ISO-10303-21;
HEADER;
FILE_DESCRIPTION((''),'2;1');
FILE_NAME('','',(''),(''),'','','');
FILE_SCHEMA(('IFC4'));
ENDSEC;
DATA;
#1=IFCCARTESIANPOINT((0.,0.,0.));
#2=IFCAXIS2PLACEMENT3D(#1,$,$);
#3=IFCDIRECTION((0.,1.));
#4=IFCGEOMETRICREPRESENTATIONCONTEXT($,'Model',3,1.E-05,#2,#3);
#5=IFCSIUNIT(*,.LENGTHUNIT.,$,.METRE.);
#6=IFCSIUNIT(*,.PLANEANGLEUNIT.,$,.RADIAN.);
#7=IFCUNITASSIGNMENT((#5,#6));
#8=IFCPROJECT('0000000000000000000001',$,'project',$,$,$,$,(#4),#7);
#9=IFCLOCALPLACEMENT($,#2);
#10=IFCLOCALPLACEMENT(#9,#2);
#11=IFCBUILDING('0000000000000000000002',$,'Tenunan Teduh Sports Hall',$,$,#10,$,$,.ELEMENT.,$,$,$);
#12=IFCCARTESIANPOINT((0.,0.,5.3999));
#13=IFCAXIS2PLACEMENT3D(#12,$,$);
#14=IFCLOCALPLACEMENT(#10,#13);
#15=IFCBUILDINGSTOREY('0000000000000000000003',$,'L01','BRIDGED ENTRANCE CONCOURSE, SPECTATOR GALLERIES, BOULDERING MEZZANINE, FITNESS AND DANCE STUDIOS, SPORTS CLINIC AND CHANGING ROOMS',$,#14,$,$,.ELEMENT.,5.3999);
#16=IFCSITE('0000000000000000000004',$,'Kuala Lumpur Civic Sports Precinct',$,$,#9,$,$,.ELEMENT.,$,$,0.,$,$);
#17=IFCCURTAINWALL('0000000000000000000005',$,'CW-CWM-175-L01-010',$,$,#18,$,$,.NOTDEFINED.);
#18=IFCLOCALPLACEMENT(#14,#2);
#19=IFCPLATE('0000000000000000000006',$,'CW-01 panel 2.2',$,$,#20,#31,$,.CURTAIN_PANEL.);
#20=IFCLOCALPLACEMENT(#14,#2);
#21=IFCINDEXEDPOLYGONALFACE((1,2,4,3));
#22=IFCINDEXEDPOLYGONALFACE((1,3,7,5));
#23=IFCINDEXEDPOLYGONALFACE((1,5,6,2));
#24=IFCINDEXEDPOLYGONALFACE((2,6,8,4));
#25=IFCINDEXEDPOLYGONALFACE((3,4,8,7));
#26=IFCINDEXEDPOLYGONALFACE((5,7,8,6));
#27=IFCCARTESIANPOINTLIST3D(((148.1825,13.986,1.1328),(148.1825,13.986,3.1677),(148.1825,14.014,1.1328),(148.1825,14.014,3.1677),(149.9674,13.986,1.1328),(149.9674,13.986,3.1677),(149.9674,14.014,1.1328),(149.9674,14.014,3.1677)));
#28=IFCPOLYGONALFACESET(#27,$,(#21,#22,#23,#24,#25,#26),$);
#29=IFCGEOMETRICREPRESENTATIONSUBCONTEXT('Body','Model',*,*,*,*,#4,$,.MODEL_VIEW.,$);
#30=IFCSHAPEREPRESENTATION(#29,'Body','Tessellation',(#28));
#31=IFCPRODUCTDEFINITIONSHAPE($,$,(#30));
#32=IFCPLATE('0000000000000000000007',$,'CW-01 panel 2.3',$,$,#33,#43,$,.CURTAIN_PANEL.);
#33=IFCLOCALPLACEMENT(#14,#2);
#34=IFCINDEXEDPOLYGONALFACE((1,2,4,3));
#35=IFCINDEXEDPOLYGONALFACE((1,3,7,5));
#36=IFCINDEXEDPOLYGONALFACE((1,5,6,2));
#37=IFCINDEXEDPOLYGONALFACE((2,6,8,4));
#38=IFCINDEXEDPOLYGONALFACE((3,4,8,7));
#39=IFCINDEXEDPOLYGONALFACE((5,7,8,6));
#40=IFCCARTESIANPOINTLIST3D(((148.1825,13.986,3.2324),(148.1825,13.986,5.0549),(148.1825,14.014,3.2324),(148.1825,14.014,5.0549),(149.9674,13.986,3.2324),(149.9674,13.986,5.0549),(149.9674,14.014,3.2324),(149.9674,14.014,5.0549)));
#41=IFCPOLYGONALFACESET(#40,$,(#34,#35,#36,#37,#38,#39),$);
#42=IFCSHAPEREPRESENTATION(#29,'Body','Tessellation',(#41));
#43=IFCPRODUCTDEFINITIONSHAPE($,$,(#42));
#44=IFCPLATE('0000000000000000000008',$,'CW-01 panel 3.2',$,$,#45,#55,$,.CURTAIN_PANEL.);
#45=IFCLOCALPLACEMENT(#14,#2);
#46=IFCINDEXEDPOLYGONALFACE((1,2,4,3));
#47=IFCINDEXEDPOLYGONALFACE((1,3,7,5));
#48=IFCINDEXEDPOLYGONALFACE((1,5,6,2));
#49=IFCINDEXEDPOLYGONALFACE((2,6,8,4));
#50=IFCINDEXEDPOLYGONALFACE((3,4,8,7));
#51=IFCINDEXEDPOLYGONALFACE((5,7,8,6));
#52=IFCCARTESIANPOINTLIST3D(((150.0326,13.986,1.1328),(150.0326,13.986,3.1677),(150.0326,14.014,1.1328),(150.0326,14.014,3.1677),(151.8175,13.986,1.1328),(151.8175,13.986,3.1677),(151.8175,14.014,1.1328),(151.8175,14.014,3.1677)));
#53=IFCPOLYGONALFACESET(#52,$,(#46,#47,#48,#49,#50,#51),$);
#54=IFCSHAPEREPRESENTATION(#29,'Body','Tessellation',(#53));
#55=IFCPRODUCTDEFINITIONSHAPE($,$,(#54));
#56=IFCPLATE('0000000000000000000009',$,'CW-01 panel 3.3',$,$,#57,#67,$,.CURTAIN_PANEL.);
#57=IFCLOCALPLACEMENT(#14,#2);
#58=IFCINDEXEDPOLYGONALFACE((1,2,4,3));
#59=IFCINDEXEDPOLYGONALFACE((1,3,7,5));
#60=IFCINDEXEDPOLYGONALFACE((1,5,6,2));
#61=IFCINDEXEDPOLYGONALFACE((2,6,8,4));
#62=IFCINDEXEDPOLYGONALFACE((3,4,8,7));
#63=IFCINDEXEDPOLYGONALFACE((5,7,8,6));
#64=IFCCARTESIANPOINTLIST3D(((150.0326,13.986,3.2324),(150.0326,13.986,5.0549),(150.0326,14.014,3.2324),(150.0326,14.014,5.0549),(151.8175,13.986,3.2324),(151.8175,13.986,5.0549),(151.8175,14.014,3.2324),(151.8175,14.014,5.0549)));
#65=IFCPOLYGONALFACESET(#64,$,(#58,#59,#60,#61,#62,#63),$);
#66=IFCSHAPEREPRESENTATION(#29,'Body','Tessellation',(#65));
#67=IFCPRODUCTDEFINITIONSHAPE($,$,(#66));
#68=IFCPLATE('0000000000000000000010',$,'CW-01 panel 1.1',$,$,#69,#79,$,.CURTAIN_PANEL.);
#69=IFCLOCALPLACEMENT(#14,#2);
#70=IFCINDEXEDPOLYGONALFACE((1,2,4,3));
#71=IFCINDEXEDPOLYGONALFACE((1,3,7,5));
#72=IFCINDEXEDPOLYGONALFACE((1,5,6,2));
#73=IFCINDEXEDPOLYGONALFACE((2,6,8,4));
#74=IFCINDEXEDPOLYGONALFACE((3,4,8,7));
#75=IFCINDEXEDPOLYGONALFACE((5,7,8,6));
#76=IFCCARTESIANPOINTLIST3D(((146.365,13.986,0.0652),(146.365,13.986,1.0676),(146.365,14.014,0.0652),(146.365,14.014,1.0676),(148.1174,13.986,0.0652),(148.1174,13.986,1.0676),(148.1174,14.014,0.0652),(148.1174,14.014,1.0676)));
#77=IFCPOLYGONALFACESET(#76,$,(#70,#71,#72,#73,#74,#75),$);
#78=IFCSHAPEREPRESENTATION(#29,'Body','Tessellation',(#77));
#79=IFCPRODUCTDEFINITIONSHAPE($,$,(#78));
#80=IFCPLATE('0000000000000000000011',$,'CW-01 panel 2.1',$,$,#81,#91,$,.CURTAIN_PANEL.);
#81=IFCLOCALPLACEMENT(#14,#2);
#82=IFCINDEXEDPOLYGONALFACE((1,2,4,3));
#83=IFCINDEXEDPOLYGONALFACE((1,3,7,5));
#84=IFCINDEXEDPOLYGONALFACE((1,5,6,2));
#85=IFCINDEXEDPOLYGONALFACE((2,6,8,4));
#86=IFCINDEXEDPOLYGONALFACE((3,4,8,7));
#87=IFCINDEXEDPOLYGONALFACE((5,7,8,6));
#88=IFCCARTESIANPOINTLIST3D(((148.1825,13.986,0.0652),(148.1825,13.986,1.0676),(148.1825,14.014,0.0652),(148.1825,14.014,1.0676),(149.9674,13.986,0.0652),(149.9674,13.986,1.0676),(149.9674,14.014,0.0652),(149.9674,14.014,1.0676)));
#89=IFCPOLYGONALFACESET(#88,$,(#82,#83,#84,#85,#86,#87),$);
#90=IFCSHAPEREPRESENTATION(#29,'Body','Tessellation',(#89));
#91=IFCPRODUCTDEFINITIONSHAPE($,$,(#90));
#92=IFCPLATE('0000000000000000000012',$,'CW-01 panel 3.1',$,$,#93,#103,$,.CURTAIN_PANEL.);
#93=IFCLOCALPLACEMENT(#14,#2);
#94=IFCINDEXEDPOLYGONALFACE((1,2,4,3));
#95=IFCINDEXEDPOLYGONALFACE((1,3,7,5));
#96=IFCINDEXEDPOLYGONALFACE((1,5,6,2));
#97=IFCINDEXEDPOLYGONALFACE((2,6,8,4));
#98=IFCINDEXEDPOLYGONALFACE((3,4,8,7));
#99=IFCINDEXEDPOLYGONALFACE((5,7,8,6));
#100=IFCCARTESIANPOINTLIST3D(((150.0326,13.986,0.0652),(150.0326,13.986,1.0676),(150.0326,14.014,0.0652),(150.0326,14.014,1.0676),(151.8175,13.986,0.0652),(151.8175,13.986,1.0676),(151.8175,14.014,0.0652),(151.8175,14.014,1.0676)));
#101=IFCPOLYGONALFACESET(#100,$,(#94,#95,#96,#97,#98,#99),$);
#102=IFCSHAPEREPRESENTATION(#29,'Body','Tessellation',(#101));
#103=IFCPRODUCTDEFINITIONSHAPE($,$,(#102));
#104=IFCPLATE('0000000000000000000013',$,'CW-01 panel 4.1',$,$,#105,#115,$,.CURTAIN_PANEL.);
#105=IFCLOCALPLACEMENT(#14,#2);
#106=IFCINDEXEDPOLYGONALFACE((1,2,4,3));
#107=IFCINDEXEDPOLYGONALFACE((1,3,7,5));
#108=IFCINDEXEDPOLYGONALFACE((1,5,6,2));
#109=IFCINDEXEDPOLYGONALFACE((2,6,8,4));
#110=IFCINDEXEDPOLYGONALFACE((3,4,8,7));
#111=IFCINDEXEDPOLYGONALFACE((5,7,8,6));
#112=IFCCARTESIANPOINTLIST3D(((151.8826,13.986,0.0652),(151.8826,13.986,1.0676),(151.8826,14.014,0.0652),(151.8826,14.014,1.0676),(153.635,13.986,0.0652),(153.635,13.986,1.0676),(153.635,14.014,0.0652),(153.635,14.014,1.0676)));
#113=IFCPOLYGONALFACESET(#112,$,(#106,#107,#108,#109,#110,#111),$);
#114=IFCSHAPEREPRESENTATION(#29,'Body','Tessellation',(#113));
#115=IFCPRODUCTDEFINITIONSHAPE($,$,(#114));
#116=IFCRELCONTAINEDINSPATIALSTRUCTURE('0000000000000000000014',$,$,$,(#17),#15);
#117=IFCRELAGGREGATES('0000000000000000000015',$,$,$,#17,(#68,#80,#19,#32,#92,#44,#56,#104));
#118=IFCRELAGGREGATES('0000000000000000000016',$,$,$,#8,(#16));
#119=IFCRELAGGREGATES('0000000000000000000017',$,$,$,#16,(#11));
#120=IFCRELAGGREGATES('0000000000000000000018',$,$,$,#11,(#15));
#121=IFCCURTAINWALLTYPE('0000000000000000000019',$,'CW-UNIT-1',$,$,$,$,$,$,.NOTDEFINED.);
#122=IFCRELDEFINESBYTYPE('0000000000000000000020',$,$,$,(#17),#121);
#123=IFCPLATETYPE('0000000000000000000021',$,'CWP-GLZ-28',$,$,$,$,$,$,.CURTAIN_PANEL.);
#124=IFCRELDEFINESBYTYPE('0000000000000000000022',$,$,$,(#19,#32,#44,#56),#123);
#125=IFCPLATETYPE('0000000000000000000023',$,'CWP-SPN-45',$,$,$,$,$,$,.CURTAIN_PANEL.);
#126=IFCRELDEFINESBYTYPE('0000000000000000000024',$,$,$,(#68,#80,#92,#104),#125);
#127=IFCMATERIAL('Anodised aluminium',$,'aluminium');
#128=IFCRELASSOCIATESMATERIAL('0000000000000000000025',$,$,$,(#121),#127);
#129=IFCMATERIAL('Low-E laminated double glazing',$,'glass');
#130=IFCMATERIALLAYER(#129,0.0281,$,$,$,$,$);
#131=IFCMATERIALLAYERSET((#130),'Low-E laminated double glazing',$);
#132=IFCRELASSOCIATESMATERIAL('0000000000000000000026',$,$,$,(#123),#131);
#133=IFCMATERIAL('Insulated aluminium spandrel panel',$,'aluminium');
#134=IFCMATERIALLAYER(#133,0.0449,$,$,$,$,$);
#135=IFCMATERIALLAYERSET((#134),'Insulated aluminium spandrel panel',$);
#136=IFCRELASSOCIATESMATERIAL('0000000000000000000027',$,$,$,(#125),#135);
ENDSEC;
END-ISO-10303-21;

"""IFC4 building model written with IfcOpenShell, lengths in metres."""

from ifc_helpers import new_model, si_unit, direction, frame, origin, origin_2d, place, context, subcontext, project, spatial, rectangle, extrude, material, layer, layer_set, type_object, element, aggregate, save


model = new_model("IFC4")

# Units and contexts
model_context = context("Model", 3, precision=1e-05, world=origin(), true_north=direction((0.0, 1.0)))
body_context = subcontext(model_context, "Body", "Model", "MODEL_VIEW")
ifc_project = project(units=[si_unit("LENGTHUNIT", "METRE"), si_unit("PLANEANGLEUNIT", "RADIAN")], contexts=[model_context])

# Site, building, storey
site_placement = place(None, origin())
site = spatial("IfcSite", under=ifc_project, at=site_placement, Name="Kuala Lumpur Civic Sports Precinct", CompositionType="ELEMENT", RefElevation=0.0)
building_placement = place(site_placement, origin())
building = spatial("IfcBuilding", under=site, at=building_placement, Name="Tenunan Teduh Sports Hall", CompositionType="ELEMENT")
storey_placement = place(building_placement, frame((0.0, 0.0, 5.3999)))
storey = spatial("IfcBuildingStorey", under=building, at=storey_placement, Name="L01", Description="BRIDGED ENTRANCE CONCOURSE, SPECTATOR GALLERIES, BOULDERING MEZZANINE, FITNESS AND DANCE STUDIOS, SPORTS CLINIC AND CHANGING ROOMS", CompositionType="ELEMENT", Elevation=5.3999)

# Curtain wall
ifc_material_1 = material(Name="Anodised aluminium", Category="aluminium")
curtain_wall_type = type_object("IfcCurtainWallType", Name="CW-UNIT-1", PredefinedType="NOTDEFINED", material=ifc_material_1)
curtain_wall_placement = place(storey_placement, origin())
curtain_wall = element("IfcCurtainWall", 1, at=curtain_wall_placement, inside=storey, type_object=curtain_wall_type, Name="CW-CWM-175-L01-010", PredefinedType="NOTDEFINED")

# Plates
ifc_material_2 = material(Name="Low-E laminated double glazing", Category="glass")
ifc_layer_1 = layer(ifc_material_2, 0.0281)
ifc_layer_set_1 = layer_set([ifc_layer_1], Name="Low-E laminated double glazing")
plate_type_1 = type_object("IfcPlateType", Name="CWP-GLZ-28", PredefinedType="CURTAIN_PANEL", material=ifc_layer_set_1)
plate_1_placement = place(storey_placement, frame((149.075, 14.0, 1.1328), z_axis=(0.0, 0.0, 1.0), x_axis=(1.0, 0.0, 0.0)))
plate_1 = element("IfcPlate", 2, at=plate_1_placement, type_object=plate_type_1, Name="CW-01 panel 2.2", PredefinedType="CURTAIN_PANEL", context=body_context, shape_type="SweptSolid", body=[
    extrude(rectangle(XDim=1.7849, YDim=0.0281, at=origin_2d()), origin(), (0.0, 0.0, 1.0), 2.0349),
])
plate_2_placement = place(storey_placement, frame((149.075, 14.0, 3.2324), z_axis=(0.0, 0.0, 1.0), x_axis=(1.0, 0.0, 0.0)))
plate_2 = element("IfcPlate", 3, at=plate_2_placement, type_object=plate_type_1, Name="CW-01 panel 2.3", PredefinedType="CURTAIN_PANEL", context=body_context, shape_type="SweptSolid", body=[
    extrude(rectangle(XDim=1.7849, YDim=0.0281, at=origin_2d()), origin(), (0.0, 0.0, 1.0), 1.8225),
])
plate_3_placement = place(storey_placement, frame((150.925, 14.0, 1.1328), z_axis=(0.0, 0.0, 1.0), x_axis=(1.0, 0.0, 0.0)))
plate_3 = element("IfcPlate", 4, at=plate_3_placement, type_object=plate_type_1, Name="CW-01 panel 3.2", PredefinedType="CURTAIN_PANEL", context=body_context, shape_type="SweptSolid", body=[
    extrude(rectangle(XDim=1.7849, YDim=0.0281, at=origin_2d()), origin(), (0.0, 0.0, 1.0), 2.0349),
])
plate_4_placement = place(storey_placement, frame((150.925, 14.0, 3.2324), z_axis=(0.0, 0.0, 1.0), x_axis=(1.0, 0.0, 0.0)))
plate_4 = element("IfcPlate", 5, at=plate_4_placement, type_object=plate_type_1, Name="CW-01 panel 3.3", PredefinedType="CURTAIN_PANEL", context=body_context, shape_type="SweptSolid", body=[
    extrude(rectangle(XDim=1.7849, YDim=0.0281, at=origin_2d()), origin(), (0.0, 0.0, 1.0), 1.8225),
])
ifc_material_3 = material(Name="Insulated aluminium spandrel panel", Category="aluminium")
ifc_layer_2 = layer(ifc_material_3, 0.0449)
ifc_layer_set_2 = layer_set([ifc_layer_2], Name="Insulated aluminium spandrel panel")
plate_type_2 = type_object("IfcPlateType", Name="CWP-SPN-45", PredefinedType="CURTAIN_PANEL", material=ifc_layer_set_2)
plate_5_placement = place(storey_placement, frame((147.2412, 14.0, 0.0652), z_axis=(0.0, 0.0, 1.0), x_axis=(1.0, 0.0, 0.0)))
plate_5 = element("IfcPlate", 6, at=plate_5_placement, type_object=plate_type_2, Name="CW-01 panel 1.1", PredefinedType="CURTAIN_PANEL", context=body_context, shape_type="SweptSolid", body=[
    extrude(rectangle(XDim=1.7524, YDim=0.0281, at=origin_2d()), origin(), (0.0, 0.0, 1.0), 1.0024),
])
plate_6_placement = place(storey_placement, frame((149.075, 14.0, 0.0652), z_axis=(0.0, 0.0, 1.0), x_axis=(1.0, 0.0, 0.0)))
plate_6 = element("IfcPlate", 7, at=plate_6_placement, type_object=plate_type_2, Name="CW-01 panel 2.1", PredefinedType="CURTAIN_PANEL", context=body_context, shape_type="SweptSolid", body=[
    extrude(rectangle(XDim=1.7849, YDim=0.0281, at=origin_2d()), origin(), (0.0, 0.0, 1.0), 1.0024),
])
plate_7_placement = place(storey_placement, frame((150.925, 14.0, 0.0652), z_axis=(0.0, 0.0, 1.0), x_axis=(1.0, 0.0, 0.0)))
plate_7 = element("IfcPlate", 8, at=plate_7_placement, type_object=plate_type_2, Name="CW-01 panel 3.1", PredefinedType="CURTAIN_PANEL", context=body_context, shape_type="SweptSolid", body=[
    extrude(rectangle(XDim=1.7849, YDim=0.0281, at=origin_2d()), origin(), (0.0, 0.0, 1.0), 1.0024),
])
plate_8_placement = place(storey_placement, frame((152.7588, 14.0, 0.0652), z_axis=(0.0, 0.0, 1.0), x_axis=(1.0, 0.0, 0.0)))
plate_8 = element("IfcPlate", 9, at=plate_8_placement, type_object=plate_type_2, Name="CW-01 panel 4.1", PredefinedType="CURTAIN_PANEL", context=body_context, shape_type="SweptSolid", body=[
    extrude(rectangle(XDim=1.7524, YDim=0.0281, at=origin_2d()), origin(), (0.0, 0.0, 1.0), 1.0024),
])
aggregate(curtain_wall, [plate_5, plate_6, plate_1, plate_2, plate_7, plate_3, plate_4, plate_8])

save(model, "model.ifc")
